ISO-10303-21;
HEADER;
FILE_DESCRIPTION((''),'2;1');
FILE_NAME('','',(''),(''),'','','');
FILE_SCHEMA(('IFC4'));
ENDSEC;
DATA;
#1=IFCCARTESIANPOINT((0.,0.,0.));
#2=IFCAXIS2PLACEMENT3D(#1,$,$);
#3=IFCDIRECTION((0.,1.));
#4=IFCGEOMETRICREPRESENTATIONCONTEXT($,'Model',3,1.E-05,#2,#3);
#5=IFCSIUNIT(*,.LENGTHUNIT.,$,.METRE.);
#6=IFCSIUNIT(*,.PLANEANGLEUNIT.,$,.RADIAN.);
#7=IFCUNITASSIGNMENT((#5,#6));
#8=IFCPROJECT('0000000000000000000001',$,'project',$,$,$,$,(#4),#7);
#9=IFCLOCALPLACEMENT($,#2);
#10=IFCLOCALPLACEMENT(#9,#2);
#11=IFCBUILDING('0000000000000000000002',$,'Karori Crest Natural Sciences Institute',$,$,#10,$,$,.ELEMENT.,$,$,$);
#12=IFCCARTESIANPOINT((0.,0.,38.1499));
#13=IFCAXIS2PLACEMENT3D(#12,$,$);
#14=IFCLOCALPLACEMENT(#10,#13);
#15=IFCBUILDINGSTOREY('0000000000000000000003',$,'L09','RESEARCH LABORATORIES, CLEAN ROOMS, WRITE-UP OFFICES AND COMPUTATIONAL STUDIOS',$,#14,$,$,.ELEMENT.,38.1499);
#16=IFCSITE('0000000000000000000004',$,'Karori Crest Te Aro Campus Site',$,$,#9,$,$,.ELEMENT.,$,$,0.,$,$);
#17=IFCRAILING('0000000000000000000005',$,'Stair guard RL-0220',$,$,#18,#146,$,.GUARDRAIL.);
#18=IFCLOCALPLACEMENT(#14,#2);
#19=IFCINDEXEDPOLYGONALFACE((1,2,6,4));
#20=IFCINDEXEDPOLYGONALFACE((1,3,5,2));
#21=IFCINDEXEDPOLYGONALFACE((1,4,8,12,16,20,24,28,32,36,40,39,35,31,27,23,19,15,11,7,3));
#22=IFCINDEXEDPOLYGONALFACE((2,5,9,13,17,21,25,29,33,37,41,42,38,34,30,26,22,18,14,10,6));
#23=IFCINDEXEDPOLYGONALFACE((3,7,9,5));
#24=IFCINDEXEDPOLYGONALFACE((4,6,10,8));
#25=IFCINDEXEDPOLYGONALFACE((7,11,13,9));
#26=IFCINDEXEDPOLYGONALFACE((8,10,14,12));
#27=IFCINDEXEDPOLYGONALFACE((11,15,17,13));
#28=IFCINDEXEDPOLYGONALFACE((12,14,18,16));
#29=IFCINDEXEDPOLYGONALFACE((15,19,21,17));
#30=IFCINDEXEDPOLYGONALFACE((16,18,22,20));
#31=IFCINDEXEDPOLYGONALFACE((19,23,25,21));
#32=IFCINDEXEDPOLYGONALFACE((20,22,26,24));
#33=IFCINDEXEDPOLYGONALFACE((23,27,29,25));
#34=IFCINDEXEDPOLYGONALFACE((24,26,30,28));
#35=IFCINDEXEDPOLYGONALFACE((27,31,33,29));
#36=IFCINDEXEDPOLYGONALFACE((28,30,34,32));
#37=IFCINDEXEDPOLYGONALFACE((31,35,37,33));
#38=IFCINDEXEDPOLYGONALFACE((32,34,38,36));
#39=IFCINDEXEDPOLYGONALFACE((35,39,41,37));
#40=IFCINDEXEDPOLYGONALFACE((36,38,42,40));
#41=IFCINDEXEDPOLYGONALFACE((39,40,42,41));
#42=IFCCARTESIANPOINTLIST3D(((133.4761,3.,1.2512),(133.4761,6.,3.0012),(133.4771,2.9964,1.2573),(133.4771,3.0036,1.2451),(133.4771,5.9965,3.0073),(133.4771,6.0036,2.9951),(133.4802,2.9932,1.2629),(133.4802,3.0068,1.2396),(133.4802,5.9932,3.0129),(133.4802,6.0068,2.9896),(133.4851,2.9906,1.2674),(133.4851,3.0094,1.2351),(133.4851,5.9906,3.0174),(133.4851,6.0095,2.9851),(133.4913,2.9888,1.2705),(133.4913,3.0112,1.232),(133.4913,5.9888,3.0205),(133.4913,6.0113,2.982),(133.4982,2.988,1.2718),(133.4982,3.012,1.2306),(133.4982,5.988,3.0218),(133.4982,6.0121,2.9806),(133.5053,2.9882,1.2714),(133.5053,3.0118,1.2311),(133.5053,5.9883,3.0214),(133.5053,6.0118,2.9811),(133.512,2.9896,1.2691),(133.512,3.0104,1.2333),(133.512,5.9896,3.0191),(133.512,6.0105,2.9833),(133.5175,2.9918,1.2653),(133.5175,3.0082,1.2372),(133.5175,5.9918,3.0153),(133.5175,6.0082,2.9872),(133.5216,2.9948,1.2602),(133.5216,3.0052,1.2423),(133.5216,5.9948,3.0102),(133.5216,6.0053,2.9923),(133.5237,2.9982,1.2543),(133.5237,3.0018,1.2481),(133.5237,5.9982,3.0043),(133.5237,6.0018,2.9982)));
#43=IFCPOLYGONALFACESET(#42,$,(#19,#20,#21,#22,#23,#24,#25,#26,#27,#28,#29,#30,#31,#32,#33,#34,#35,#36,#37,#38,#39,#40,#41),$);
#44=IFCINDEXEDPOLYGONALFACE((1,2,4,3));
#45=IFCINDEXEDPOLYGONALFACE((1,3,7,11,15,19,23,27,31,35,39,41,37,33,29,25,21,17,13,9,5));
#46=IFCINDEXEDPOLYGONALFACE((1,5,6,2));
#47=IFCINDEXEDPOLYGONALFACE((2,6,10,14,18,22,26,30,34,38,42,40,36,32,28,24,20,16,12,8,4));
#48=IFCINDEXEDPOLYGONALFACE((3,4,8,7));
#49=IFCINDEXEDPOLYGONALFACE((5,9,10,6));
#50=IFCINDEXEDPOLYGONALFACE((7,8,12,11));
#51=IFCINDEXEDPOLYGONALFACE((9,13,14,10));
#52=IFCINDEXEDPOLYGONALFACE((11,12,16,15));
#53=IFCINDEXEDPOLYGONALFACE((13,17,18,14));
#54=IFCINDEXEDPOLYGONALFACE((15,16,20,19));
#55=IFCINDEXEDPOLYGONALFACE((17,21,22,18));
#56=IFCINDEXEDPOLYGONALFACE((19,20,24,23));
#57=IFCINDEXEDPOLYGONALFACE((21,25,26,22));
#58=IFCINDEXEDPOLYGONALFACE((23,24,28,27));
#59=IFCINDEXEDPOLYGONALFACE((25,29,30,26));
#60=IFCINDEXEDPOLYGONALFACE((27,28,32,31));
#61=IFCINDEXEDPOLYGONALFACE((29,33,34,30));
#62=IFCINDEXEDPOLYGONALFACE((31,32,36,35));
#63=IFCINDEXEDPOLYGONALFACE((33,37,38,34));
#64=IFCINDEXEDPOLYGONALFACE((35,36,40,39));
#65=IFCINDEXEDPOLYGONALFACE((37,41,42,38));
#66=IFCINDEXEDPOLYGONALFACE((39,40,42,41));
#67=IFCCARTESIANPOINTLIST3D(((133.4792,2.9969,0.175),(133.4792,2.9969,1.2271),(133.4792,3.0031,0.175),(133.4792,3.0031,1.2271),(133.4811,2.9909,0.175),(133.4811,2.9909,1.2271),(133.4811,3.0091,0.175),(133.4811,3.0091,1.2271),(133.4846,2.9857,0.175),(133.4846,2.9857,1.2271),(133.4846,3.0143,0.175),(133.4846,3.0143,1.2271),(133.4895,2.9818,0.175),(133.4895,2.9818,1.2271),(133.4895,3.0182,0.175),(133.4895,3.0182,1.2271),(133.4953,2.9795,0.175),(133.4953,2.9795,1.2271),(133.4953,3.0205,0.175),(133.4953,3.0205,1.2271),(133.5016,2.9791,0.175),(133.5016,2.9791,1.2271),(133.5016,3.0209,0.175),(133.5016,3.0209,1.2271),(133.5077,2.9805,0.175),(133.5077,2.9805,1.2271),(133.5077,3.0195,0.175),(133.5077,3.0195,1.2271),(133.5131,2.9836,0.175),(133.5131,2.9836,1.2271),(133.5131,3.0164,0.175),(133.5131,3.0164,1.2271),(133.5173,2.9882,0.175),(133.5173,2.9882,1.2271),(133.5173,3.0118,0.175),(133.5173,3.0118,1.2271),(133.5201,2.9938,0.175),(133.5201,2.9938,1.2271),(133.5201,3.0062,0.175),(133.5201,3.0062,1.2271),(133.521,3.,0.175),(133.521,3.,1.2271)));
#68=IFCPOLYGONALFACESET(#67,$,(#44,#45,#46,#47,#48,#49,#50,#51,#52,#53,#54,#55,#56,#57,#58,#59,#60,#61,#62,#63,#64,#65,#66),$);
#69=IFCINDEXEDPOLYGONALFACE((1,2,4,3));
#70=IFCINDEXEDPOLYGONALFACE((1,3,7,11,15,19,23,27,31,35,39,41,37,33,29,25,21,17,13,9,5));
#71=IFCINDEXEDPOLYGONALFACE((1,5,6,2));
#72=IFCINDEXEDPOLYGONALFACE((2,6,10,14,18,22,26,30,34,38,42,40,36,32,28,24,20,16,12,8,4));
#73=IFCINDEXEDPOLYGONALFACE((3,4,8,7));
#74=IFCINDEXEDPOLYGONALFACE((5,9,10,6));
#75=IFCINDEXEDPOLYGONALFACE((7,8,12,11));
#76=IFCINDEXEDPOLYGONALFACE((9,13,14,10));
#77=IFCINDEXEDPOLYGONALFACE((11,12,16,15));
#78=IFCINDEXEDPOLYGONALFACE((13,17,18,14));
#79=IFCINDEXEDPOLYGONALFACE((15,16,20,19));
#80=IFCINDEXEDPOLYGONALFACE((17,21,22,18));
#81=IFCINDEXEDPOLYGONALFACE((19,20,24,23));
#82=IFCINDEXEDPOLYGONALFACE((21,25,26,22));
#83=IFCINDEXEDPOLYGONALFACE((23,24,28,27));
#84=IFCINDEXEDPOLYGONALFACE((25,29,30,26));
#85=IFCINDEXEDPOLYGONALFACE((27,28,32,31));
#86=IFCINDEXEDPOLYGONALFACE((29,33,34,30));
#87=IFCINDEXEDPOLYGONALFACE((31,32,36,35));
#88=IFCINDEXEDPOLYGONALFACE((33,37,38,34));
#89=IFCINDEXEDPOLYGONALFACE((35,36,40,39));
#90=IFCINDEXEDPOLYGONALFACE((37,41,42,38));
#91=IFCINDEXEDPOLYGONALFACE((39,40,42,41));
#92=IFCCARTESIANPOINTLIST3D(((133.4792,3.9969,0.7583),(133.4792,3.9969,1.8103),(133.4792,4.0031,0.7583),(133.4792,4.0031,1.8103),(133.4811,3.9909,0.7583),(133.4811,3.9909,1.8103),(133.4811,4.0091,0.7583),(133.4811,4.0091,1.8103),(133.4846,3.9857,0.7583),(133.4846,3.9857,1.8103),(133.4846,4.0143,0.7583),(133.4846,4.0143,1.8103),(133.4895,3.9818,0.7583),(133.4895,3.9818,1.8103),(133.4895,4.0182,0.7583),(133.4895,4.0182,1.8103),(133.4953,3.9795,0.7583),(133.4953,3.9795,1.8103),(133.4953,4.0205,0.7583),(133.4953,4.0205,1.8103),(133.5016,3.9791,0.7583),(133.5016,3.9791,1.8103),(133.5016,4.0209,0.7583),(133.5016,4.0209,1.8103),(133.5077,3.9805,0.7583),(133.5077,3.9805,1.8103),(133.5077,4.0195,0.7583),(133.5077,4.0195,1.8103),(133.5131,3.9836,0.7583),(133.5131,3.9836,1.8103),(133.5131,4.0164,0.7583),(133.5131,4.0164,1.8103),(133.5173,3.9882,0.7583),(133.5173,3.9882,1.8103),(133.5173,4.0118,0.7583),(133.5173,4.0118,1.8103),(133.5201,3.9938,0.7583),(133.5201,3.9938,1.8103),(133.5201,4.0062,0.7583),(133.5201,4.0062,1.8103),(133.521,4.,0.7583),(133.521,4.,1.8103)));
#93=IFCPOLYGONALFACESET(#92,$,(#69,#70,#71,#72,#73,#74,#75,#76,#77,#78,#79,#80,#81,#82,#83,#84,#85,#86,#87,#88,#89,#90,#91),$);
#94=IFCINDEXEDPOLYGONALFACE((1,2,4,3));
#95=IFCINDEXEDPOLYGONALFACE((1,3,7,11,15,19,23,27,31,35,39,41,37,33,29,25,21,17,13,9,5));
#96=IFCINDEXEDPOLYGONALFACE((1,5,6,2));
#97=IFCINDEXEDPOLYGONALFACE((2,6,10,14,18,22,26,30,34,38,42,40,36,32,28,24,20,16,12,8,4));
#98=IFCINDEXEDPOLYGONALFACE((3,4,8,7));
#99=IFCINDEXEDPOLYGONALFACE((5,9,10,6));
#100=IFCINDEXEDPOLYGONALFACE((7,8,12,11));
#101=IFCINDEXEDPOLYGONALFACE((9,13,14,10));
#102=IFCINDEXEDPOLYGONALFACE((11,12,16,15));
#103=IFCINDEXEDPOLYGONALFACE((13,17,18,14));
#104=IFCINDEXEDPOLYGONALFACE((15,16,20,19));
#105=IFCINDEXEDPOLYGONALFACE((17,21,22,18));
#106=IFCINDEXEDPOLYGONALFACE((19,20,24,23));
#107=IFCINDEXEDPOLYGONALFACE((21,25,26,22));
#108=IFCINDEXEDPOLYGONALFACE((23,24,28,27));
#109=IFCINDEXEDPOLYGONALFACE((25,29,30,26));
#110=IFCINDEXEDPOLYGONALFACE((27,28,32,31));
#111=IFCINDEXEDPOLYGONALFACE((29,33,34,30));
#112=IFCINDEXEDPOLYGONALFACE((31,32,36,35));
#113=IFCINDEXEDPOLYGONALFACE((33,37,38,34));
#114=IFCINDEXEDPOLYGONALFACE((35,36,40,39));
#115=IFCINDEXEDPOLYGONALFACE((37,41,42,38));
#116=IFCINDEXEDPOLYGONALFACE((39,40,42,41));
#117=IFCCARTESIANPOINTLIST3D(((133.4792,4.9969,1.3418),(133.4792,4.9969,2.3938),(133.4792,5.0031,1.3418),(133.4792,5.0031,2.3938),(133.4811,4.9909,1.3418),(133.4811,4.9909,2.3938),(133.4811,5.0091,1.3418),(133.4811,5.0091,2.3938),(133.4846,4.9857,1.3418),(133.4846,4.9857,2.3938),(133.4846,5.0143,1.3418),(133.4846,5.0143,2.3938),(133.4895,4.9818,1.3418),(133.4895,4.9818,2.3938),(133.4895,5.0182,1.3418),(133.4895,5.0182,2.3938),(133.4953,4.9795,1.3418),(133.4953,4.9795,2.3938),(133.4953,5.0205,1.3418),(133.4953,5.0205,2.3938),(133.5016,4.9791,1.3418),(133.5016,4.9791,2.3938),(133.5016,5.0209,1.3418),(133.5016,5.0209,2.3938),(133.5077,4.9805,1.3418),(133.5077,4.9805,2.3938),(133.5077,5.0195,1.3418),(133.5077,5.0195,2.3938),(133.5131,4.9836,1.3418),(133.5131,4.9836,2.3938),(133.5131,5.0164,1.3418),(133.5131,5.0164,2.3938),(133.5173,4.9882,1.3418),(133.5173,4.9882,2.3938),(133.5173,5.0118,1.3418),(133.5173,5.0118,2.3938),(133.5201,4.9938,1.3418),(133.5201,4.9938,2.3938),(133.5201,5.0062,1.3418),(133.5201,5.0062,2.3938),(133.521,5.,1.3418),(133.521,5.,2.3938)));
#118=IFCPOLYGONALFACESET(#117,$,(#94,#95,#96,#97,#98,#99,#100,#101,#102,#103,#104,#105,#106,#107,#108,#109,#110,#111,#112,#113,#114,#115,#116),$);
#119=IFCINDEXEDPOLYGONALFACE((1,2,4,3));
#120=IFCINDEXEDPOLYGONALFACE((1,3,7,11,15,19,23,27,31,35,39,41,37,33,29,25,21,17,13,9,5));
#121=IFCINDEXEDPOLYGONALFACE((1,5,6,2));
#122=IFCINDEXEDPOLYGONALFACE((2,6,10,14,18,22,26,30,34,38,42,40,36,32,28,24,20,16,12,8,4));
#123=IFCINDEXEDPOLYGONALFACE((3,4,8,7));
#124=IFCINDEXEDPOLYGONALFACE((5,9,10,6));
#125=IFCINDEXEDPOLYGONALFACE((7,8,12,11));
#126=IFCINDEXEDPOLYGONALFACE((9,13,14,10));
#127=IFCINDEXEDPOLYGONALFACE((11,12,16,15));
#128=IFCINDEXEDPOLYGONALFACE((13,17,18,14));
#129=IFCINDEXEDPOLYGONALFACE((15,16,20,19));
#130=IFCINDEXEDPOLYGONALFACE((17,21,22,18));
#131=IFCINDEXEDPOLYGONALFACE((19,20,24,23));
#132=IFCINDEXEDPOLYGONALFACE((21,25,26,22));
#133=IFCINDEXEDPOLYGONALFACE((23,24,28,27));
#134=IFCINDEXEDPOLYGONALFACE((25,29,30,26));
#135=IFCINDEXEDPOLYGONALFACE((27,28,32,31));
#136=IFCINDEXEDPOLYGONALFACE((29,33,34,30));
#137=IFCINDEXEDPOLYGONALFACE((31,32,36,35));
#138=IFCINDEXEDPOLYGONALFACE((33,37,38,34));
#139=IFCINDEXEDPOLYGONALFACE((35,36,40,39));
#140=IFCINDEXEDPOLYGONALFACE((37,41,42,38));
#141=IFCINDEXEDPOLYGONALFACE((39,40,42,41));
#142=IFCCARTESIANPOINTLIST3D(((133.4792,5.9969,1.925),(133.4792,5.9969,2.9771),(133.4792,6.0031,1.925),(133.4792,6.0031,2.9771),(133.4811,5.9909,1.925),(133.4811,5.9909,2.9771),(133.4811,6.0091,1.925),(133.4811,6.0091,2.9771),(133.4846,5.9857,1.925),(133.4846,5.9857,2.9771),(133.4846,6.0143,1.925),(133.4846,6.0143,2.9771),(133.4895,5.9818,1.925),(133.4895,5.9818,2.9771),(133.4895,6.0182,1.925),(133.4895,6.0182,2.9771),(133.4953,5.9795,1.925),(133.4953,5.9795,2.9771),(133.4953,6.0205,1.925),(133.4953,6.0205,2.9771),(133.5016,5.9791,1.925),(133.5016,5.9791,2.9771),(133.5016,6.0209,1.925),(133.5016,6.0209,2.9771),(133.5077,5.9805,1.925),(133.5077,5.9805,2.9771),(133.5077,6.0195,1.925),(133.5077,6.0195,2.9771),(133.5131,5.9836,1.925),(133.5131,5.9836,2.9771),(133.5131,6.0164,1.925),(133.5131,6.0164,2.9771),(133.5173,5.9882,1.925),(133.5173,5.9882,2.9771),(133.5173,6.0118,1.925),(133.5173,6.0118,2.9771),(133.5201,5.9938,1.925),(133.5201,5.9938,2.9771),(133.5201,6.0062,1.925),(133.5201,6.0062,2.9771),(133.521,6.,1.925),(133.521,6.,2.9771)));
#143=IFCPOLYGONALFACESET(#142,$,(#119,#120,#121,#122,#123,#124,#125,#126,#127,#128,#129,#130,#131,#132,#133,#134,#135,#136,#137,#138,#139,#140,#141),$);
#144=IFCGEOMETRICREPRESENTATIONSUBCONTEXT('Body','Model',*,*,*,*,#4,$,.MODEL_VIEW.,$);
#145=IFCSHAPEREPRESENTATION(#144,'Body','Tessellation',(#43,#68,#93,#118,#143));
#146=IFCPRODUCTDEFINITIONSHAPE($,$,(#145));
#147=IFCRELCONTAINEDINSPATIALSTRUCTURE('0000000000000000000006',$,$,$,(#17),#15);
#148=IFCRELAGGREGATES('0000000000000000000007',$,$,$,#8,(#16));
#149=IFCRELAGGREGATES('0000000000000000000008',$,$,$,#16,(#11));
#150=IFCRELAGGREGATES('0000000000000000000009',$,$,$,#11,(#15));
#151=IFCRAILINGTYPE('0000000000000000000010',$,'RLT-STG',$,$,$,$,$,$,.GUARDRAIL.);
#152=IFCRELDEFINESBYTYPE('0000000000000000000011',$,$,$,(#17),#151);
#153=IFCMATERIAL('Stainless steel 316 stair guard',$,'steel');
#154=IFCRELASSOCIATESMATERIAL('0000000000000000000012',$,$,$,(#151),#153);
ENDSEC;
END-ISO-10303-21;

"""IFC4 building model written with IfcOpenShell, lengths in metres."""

from ifc_helpers import new_model, si_unit, direction, frame, origin, origin_2d, place, context, subcontext, project, spatial, circle, extrude, material, type_object, element, save


model = new_model("IFC4")

# Units and contexts
model_context = context("Model", 3, precision=1e-05, world=origin(), true_north=direction((0.0, 1.0)))
body_context = subcontext(model_context, "Body", "Model", "MODEL_VIEW")
ifc_project = project(units=[si_unit("LENGTHUNIT", "METRE"), si_unit("PLANEANGLEUNIT", "RADIAN")], contexts=[model_context])

# Site, building, storey
site_placement = place(None, origin())
site = spatial("IfcSite", under=ifc_project, at=site_placement, Name="Karori Crest Te Aro Campus Site", CompositionType="ELEMENT", RefElevation=0.0)
building_placement = place(site_placement, origin())
building = spatial("IfcBuilding", under=site, at=building_placement, Name="Karori Crest Natural Sciences Institute", CompositionType="ELEMENT")
storey_placement = place(building_placement, frame((0.0, 0.0, 38.1499)))
storey = spatial("IfcBuildingStorey", under=building, at=storey_placement, Name="L09", Description="RESEARCH LABORATORIES, CLEAN ROOMS, WRITE-UP OFFICES AND COMPUTATIONAL STUDIOS", CompositionType="ELEMENT", Elevation=38.1499)

# Railing
ifc_material_1 = material(Name="Stainless steel 316 stair guard", Category="steel")
railing_type_1 = type_object("IfcRailingType", Name="RLT-STG", PredefinedType="GUARDRAIL", material=ifc_material_1)
railing_1_placement = place(storey_placement, frame((133.5, 3.0, 0.175)))
element("IfcRailing", 1, at=railing_1_placement, inside=storey, type_object=railing_type_1, Name="Stair guard RL-0220", PredefinedType="GUARDRAIL", context=body_context, shape_type="SweptSolid", body=[
    extrude(circle(Radius=0.0239, at=origin_2d()), frame((0.0, 0.0, 1.0762), z_axis=(0.0, 0.863779, 0.503871), x_axis=(-1.0, 0.0, 0.0)), (0.0, 0.0, 1.0), 3.4731),
    extrude(circle(Radius=0.021, at=origin_2d()), origin(), (0.0, 0.0, 1.0), 1.052),
    extrude(circle(Radius=0.021, at=origin_2d()), frame((0.0, 1.0, 0.5833)), (0.0, 0.0, 1.0), 1.052),
    extrude(circle(Radius=0.021, at=origin_2d()), frame((0.0, 2.0, 1.1667)), (0.0, 0.0, 1.0), 1.052),
    extrude(circle(Radius=0.021, at=origin_2d()), frame((0.0, 3.0, 1.75)), (0.0, 0.0, 1.0), 1.052),
])

save(model, "model.ifc")
